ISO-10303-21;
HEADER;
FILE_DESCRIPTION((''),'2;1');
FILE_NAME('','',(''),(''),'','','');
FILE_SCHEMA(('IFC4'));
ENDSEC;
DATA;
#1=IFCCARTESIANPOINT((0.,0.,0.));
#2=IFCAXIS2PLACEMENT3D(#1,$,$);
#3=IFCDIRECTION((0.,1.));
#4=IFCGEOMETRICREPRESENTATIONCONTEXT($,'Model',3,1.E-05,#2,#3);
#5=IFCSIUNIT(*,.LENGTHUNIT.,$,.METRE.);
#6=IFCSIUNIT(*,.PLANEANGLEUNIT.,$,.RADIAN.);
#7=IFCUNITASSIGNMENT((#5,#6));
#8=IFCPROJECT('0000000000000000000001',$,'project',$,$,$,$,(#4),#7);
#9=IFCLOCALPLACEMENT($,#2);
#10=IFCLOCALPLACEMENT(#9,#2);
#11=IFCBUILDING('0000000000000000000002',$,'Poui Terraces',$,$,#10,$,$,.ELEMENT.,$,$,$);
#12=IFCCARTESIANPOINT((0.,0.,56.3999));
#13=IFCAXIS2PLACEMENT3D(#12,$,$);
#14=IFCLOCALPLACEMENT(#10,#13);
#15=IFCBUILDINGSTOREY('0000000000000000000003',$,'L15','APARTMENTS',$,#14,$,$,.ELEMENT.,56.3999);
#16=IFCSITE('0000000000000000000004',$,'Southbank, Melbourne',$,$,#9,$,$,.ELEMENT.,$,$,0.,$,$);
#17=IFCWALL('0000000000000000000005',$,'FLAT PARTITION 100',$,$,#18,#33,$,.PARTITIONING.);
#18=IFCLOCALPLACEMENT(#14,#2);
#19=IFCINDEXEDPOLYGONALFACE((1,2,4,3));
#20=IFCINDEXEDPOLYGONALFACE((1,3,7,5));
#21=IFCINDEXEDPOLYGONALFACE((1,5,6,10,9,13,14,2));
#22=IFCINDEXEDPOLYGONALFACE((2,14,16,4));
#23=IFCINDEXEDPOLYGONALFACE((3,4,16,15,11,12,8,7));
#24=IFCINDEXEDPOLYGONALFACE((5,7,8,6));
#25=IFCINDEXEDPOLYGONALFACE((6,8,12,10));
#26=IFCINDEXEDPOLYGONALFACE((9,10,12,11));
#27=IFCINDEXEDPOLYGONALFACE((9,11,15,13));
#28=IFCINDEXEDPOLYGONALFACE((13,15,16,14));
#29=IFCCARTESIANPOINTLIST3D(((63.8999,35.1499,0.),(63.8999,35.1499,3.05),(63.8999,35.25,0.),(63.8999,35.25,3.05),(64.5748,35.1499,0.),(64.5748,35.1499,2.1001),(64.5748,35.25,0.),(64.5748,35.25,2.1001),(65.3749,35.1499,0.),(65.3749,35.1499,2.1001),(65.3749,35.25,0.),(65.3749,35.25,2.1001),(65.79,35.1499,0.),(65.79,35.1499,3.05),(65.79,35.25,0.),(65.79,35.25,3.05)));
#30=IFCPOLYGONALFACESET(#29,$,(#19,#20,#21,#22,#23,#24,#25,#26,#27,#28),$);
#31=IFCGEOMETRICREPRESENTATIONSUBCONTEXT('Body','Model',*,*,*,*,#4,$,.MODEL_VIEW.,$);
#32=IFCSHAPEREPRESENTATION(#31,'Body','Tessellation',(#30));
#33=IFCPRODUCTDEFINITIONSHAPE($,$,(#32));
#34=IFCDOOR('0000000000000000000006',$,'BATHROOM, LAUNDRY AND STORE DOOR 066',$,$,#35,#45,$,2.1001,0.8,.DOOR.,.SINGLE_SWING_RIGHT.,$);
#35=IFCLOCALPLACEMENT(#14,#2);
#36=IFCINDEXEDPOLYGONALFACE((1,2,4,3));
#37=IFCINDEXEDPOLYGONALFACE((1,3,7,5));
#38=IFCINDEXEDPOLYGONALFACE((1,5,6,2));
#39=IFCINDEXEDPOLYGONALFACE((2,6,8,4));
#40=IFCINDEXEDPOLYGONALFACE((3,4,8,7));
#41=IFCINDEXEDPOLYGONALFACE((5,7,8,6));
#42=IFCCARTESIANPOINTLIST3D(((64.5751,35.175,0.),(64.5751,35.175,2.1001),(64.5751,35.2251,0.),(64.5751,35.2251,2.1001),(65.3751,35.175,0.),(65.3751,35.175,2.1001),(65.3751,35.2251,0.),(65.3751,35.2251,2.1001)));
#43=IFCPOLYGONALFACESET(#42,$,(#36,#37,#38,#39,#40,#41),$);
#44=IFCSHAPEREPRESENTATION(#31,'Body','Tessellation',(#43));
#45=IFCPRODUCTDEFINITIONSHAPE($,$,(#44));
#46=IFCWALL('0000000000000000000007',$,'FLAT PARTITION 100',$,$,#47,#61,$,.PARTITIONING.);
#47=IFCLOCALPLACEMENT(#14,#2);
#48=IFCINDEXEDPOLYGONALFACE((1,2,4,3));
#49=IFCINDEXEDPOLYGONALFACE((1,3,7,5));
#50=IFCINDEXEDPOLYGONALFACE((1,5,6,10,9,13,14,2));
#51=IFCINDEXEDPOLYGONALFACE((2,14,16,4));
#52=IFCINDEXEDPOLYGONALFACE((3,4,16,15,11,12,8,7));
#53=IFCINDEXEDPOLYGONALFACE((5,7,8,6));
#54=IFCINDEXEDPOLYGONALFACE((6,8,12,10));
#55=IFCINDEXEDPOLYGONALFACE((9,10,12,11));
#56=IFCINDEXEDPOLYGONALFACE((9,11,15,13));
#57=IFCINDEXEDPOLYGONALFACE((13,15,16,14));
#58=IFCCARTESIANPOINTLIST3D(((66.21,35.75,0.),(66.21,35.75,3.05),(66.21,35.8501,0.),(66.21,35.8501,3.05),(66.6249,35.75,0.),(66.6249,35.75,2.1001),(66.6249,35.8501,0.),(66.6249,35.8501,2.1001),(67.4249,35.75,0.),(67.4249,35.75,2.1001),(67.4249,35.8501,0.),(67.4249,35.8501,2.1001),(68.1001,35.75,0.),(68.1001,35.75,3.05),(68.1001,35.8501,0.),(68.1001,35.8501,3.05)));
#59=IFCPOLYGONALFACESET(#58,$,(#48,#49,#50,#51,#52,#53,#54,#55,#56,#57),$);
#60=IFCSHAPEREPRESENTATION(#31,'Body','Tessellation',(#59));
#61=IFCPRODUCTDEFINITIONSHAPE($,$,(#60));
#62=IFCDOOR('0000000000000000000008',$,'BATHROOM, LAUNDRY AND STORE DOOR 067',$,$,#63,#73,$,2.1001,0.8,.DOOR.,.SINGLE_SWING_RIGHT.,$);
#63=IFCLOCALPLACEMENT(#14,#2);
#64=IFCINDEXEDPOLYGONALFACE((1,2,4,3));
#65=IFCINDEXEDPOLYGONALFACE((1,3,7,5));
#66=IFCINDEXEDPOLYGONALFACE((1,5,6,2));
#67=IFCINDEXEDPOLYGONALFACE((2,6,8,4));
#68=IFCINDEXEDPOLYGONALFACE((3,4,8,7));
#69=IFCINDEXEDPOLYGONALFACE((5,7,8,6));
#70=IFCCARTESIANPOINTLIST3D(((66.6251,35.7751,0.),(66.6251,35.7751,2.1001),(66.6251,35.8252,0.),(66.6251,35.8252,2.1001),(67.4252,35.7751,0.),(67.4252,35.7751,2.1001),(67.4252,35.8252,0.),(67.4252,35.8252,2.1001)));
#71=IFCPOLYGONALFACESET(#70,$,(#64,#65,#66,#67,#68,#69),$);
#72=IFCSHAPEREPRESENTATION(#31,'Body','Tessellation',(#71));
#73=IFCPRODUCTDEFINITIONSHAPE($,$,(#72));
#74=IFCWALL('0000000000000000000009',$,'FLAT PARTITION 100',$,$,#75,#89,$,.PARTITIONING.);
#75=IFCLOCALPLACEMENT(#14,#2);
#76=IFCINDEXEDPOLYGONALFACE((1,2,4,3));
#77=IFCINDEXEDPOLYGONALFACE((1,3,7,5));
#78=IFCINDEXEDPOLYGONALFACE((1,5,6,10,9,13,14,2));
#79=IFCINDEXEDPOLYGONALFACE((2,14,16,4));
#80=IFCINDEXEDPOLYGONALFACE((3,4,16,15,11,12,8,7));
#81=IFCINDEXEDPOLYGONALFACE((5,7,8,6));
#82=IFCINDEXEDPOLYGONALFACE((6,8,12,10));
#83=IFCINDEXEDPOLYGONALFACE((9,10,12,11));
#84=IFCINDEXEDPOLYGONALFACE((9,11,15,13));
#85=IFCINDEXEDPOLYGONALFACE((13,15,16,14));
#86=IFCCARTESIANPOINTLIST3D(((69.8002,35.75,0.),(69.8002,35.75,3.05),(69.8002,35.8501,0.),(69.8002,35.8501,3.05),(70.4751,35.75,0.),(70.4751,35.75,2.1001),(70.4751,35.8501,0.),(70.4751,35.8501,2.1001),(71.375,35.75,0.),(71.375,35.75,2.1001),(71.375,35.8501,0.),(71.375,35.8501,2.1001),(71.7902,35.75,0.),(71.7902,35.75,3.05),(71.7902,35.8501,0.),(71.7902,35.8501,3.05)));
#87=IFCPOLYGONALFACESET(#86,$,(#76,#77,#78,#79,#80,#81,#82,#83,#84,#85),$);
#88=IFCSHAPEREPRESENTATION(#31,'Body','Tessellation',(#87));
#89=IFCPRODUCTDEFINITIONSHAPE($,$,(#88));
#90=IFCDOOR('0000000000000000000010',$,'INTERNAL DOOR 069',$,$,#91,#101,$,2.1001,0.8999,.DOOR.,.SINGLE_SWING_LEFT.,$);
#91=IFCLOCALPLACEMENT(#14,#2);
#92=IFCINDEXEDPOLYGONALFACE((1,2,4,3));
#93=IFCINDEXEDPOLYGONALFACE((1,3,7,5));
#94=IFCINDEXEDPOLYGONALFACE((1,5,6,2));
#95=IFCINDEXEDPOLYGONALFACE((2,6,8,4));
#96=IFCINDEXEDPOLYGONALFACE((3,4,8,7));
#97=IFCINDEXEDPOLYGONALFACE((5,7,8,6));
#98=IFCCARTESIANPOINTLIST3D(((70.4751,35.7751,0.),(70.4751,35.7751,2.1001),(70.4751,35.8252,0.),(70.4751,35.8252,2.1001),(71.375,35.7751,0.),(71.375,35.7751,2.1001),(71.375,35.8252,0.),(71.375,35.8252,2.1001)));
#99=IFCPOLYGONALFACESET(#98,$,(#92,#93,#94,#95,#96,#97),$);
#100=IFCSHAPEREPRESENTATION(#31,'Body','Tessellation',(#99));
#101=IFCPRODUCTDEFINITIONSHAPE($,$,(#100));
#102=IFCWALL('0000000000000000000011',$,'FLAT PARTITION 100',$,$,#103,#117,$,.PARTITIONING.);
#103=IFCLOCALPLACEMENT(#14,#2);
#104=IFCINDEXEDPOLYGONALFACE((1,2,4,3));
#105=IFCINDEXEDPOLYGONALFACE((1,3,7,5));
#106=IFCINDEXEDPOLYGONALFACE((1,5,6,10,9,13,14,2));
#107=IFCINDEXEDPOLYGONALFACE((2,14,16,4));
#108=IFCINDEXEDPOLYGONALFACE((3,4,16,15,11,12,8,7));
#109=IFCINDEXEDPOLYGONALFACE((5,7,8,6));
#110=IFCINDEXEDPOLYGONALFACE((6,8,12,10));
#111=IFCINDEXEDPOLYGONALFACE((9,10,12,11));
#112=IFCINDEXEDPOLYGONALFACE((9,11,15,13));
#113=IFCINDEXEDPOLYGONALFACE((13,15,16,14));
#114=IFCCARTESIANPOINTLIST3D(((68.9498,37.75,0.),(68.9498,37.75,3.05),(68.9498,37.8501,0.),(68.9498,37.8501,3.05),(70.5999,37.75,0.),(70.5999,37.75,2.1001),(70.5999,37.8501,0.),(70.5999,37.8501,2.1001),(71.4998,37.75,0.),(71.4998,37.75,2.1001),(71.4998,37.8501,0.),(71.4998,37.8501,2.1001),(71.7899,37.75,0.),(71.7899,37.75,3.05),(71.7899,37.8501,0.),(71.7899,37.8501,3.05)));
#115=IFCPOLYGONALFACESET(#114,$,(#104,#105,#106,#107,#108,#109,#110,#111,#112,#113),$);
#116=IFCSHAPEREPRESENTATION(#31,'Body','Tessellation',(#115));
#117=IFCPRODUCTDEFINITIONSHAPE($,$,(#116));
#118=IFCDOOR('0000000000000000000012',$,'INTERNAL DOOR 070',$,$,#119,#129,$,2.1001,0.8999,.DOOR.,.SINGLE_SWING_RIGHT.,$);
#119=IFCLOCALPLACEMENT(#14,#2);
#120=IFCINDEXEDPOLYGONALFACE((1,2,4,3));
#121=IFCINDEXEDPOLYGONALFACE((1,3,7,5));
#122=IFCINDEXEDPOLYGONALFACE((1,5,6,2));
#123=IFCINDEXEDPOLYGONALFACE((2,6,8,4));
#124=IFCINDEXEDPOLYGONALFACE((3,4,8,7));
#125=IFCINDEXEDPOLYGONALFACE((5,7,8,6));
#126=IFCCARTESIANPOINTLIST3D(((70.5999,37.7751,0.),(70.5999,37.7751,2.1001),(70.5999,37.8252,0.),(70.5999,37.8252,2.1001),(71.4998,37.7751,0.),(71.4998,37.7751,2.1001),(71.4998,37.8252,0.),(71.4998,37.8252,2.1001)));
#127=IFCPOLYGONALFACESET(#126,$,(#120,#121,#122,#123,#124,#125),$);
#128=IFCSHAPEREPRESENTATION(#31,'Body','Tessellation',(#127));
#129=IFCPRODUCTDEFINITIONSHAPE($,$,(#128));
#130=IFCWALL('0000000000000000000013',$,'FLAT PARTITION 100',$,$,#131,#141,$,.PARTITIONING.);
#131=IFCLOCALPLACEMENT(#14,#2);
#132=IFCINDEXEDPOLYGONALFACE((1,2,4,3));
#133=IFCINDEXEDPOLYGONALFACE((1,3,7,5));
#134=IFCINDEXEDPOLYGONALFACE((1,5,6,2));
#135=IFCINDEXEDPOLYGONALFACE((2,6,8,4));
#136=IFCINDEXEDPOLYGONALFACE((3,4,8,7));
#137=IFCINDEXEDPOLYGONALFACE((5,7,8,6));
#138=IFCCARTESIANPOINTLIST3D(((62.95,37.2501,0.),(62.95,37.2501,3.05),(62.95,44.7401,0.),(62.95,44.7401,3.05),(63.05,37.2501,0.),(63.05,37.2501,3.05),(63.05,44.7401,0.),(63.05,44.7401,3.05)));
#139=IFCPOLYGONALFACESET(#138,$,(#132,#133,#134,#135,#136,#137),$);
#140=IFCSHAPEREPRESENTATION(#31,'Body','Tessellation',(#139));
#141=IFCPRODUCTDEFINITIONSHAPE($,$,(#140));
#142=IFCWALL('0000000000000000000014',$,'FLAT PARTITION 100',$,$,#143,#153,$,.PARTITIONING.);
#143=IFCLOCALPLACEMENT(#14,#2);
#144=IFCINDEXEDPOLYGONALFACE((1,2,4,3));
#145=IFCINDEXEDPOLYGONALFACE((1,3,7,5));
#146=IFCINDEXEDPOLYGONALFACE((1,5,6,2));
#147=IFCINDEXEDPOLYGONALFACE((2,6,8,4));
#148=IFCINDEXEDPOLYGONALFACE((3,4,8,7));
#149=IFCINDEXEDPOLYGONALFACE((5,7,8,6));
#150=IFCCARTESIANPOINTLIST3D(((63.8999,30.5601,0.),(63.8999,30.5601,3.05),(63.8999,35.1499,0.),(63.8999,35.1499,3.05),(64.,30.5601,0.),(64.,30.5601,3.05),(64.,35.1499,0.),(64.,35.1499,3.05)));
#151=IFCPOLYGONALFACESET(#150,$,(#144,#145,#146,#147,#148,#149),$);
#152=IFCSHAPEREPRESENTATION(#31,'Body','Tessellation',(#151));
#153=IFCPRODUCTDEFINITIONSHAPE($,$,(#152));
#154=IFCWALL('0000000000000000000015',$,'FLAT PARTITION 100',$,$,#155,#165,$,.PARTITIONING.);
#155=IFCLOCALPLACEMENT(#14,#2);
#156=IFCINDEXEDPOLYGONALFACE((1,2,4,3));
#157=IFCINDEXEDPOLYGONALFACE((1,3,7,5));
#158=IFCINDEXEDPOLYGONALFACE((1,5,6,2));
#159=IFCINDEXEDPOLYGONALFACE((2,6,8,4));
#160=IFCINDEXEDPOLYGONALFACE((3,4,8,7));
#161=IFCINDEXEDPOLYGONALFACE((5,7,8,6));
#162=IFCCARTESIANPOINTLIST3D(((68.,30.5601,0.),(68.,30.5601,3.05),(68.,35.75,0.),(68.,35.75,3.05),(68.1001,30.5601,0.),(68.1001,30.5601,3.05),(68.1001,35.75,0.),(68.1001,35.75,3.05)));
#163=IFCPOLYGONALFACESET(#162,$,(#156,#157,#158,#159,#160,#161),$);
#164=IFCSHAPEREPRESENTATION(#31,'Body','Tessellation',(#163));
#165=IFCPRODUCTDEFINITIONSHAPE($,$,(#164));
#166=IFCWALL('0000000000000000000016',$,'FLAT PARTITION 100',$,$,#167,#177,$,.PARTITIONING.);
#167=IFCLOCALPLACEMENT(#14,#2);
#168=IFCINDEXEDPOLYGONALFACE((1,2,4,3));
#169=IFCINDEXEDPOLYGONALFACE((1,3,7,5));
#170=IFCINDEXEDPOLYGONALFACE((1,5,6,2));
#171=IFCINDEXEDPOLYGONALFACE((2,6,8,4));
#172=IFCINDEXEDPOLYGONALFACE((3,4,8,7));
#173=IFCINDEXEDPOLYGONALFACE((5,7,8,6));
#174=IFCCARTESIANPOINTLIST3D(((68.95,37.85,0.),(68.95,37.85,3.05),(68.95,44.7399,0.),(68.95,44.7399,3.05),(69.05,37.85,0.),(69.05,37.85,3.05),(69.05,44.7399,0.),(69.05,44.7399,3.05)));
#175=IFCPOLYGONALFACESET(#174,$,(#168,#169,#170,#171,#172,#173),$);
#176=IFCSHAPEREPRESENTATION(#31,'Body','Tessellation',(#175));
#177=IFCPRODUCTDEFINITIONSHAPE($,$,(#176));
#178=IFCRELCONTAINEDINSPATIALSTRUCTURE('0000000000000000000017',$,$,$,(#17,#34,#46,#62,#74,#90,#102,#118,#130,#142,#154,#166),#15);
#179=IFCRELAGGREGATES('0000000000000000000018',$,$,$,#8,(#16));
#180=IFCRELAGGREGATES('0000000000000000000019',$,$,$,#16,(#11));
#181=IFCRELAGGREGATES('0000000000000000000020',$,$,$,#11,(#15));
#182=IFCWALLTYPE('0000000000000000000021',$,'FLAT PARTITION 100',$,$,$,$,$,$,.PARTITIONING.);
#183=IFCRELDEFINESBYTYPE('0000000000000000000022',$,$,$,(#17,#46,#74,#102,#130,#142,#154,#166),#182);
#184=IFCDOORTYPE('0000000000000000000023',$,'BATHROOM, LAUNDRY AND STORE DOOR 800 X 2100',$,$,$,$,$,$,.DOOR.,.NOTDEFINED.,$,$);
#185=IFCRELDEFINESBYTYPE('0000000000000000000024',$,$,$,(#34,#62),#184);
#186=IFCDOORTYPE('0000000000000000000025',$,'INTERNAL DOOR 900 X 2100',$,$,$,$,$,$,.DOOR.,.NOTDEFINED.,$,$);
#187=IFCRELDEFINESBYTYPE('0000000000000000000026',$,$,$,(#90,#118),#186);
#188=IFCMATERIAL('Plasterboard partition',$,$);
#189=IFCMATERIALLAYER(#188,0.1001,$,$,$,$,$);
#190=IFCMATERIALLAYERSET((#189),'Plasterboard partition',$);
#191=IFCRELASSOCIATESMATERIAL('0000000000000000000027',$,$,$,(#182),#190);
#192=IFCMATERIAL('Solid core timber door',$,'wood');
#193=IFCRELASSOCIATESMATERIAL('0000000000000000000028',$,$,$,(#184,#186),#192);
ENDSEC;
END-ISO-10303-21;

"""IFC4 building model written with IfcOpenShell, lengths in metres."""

from ifc_helpers import new_model, si_unit, direction, frame, frame_2d, origin, place, context, subcontext, project, spatial, rectangle, extrude, material, layer, layer_set, type_object, element, fill, save


model = new_model("IFC4")

# Units and contexts
model_context = context("Model", 3, precision=1e-05, world=origin(), true_north=direction((0.0, 1.0)))
body_context = subcontext(model_context, "Body", "Model", "MODEL_VIEW")
ifc_project = project(units=[si_unit("LENGTHUNIT", "METRE"), si_unit("PLANEANGLEUNIT", "RADIAN")], contexts=[model_context])

# Site, building, storey
site_placement = place(None, origin())
site = spatial("IfcSite", under=ifc_project, at=site_placement, Name="Southbank, Melbourne", CompositionType="ELEMENT", RefElevation=0.0)
building_placement = place(site_placement, origin())
building = spatial("IfcBuilding", under=site, at=building_placement, Name="Poui Terraces", CompositionType="ELEMENT")
storey_placement = place(building_placement, frame((0.0, 0.0, 56.3999)))
storey = spatial("IfcBuildingStorey", under=building, at=storey_placement, Name="L15", Description="APARTMENTS", CompositionType="ELEMENT", Elevation=56.3999)

# Walls, openings, doors
ifc_material_1 = material(Name="Plasterboard partition")
ifc_layer_1 = layer(ifc_material_1, 0.1001)
ifc_layer_set_1 = layer_set([ifc_layer_1], Name="Plasterboard partition")
wall_type_1 = type_object("IfcWallType", Name="FLAT PARTITION 100", PredefinedType="PARTITIONING", material=ifc_layer_set_1)
wall_1_placement = place(storey_placement, frame((63.8999, 35.2, 0.0), z_axis=(0.0, 0.0, 1.0), x_axis=(1.0, 0.0, 0.0)))
wall_1 = element("IfcWall", 1, at=wall_1_placement, inside=storey, type_object=wall_type_1, Name="FLAT PARTITION 100", PredefinedType="PARTITIONING", context=body_context, shape_type="SweptSolid", body=[
    extrude(rectangle(XDim=1.8901, YDim=0.1001, at=frame_2d((0.9451, 0.0))), origin(), (0.0, 0.0, 1.0), 3.05),
])
opening_1_placement = place(wall_1_placement, frame((0.675, 0.0, 0.0)))
opening_1 = element("IfcOpeningElement", 2, at=opening_1_placement, cuts=wall_1, PredefinedType="OPENING", context=body_context, shape_type="SweptSolid", body=[
    extrude(rectangle(XDim=0.8, YDim=2.1001, at=frame_2d((0.3999, 1.05))), frame((0.0, 0.0601, 0.0), z_axis=(0.0, -1.0, 0.0), x_axis=(1.0, 0.0, 0.0)), (0.0, 0.0, 1.0), 0.1201),
])
ifc_material_2 = material(Name="Solid core timber door", Category="wood")
door_type_1 = type_object("IfcDoorType", Name="BATHROOM, LAUNDRY AND STORE DOOR 800 X 2100", OperationType="NOTDEFINED", PredefinedType="DOOR", material=ifc_material_2)
door_1_placement = place(opening_1_placement, frame((0.8, 0.0, 0.0), z_axis=(0.0, 0.0, 1.0), x_axis=(-1.0, 0.0, 0.0)))
door_1 = element("IfcDoor", 3, at=door_1_placement, inside=storey, type_object=door_type_1, Name="BATHROOM, LAUNDRY AND STORE DOOR 066", OperationType="SINGLE_SWING_RIGHT", OverallHeight=2.1001, OverallWidth=0.8, PredefinedType="DOOR", context=body_context, shape_type="SweptSolid", body=[
    extrude(rectangle(XDim=0.8, YDim=2.1001, at=frame_2d((0.3999, 1.05))), frame((0.0, 0.0249, 0.0), z_axis=(0.0, -1.0, 0.0), x_axis=(1.0, 0.0, 0.0)), (0.0, 0.0, 1.0), 0.05),
])
fill(opening_1, door_1)
wall_2_placement = place(storey_placement, frame((66.21, 35.8, 0.0), z_axis=(0.0, 0.0, 1.0), x_axis=(1.0, 0.0, 0.0)))
wall_2 = element("IfcWall", 4, at=wall_2_placement, inside=storey, type_object=wall_type_1, Name="FLAT PARTITION 100", PredefinedType="PARTITIONING", context=body_context, shape_type="SweptSolid", body=[
    extrude(rectangle(XDim=1.8901, YDim=0.1001, at=frame_2d((0.9451, 0.0))), origin(), (0.0, 0.0, 1.0), 3.05),
])
opening_2_placement = place(wall_2_placement, frame((0.415, 0.0, 0.0)))
opening_2 = element("IfcOpeningElement", 5, at=opening_2_placement, cuts=wall_2, PredefinedType="OPENING", context=body_context, shape_type="SweptSolid", body=[
    extrude(rectangle(XDim=0.8, YDim=2.1001, at=frame_2d((0.3999, 1.05))), frame((0.0, 0.0601, 0.0), z_axis=(0.0, -1.0, 0.0), x_axis=(1.0, 0.0, 0.0)), (0.0, 0.0, 1.0), 0.1201),
])
door_2_placement = place(opening_2_placement, frame((0.8, 0.0, 0.0), z_axis=(0.0, 0.0, 1.0), x_axis=(-1.0, 0.0, 0.0)))
door_2 = element("IfcDoor", 6, at=door_2_placement, inside=storey, type_object=door_type_1, Name="BATHROOM, LAUNDRY AND STORE DOOR 067", OperationType="SINGLE_SWING_RIGHT", OverallHeight=2.1001, OverallWidth=0.8, PredefinedType="DOOR", context=body_context, shape_type="SweptSolid", body=[
    extrude(rectangle(XDim=0.8, YDim=2.1001, at=frame_2d((0.3999, 1.05))), frame((0.0, 0.0249, 0.0), z_axis=(0.0, -1.0, 0.0), x_axis=(1.0, 0.0, 0.0)), (0.0, 0.0, 1.0), 0.05),
])
fill(opening_2, door_2)
wall_3_placement = place(storey_placement, frame((69.8, 35.8, 0.0), z_axis=(0.0, 0.0, 1.0), x_axis=(1.0, 0.0, 0.0)))
wall_3 = element("IfcWall", 7, at=wall_3_placement, inside=storey, type_object=wall_type_1, Name="FLAT PARTITION 100", PredefinedType="PARTITIONING", context=body_context, shape_type="SweptSolid", body=[
    extrude(rectangle(XDim=1.99, YDim=0.1001, at=frame_2d((0.9951, 0.0))), origin(), (0.0, 0.0, 1.0), 3.05),
])
opening_3_placement = place(wall_3_placement, frame((0.675, 0.0, 0.0)))
opening_3 = element("IfcOpeningElement", 8, at=opening_3_placement, cuts=wall_3, PredefinedType="OPENING", context=body_context, shape_type="SweptSolid", body=[
    extrude(rectangle(XDim=0.8999, YDim=2.1001, at=frame_2d((0.45, 1.05))), frame((0.0, 0.0601, 0.0), z_axis=(0.0, -1.0, 0.0), x_axis=(1.0, 0.0, 0.0)), (0.0, 0.0, 1.0), 0.1201),
])
door_type_2 = type_object("IfcDoorType", Name="INTERNAL DOOR 900 X 2100", OperationType="NOTDEFINED", PredefinedType="DOOR", material=ifc_material_2)
door_3_placement = place(opening_3_placement, frame((0.8999, 0.0, 0.0), z_axis=(0.0, 0.0, 1.0), x_axis=(-1.0, 0.0, 0.0)))
door_3 = element("IfcDoor", 9, at=door_3_placement, inside=storey, type_object=door_type_2, Name="INTERNAL DOOR 069", OperationType="SINGLE_SWING_LEFT", OverallHeight=2.1001, OverallWidth=0.8999, PredefinedType="DOOR", context=body_context, shape_type="SweptSolid", body=[
    extrude(rectangle(XDim=0.8999, YDim=2.1001, at=frame_2d((0.45, 1.05))), frame((0.0, 0.0249, 0.0), z_axis=(0.0, -1.0, 0.0), x_axis=(1.0, 0.0, 0.0)), (0.0, 0.0, 1.0), 0.05),
])
fill(opening_3, door_3)
wall_4_placement = place(storey_placement, frame((68.95, 37.8, 0.0), z_axis=(0.0, 0.0, 1.0), x_axis=(1.0, 0.0, 0.0)))
wall_4 = element("IfcWall", 10, at=wall_4_placement, inside=storey, type_object=wall_type_1, Name="FLAT PARTITION 100", PredefinedType="PARTITIONING", context=body_context, shape_type="SweptSolid", body=[
    extrude(rectangle(XDim=2.8401, YDim=0.1001, at=frame_2d((1.4199, 0.0))), origin(), (0.0, 0.0, 1.0), 3.05),
])
opening_4_placement = place(wall_4_placement, frame((1.6499, 0.0, 0.0)))
opening_4 = element("IfcOpeningElement", 11, at=opening_4_placement, cuts=wall_4, PredefinedType="OPENING", context=body_context, shape_type="SweptSolid", body=[
    extrude(rectangle(XDim=0.8999, YDim=2.1001, at=frame_2d((0.45, 1.05))), frame((0.0, 0.0601, 0.0), z_axis=(0.0, -1.0, 0.0), x_axis=(1.0, 0.0, 0.0)), (0.0, 0.0, 1.0), 0.1201),
])
door_4_placement = place(opening_4_placement, frame((0.8999, 0.0, 0.0), z_axis=(0.0, 0.0, 1.0), x_axis=(-1.0, 0.0, 0.0)))
door_4 = element("IfcDoor", 12, at=door_4_placement, inside=storey, type_object=door_type_2, Name="INTERNAL DOOR 070", OperationType="SINGLE_SWING_RIGHT", OverallHeight=2.1001, OverallWidth=0.8999, PredefinedType="DOOR", context=body_context, shape_type="SweptSolid", body=[
    extrude(rectangle(XDim=0.8999, YDim=2.1001, at=frame_2d((0.45, 1.05))), frame((0.0, 0.0249, 0.0), z_axis=(0.0, -1.0, 0.0), x_axis=(1.0, 0.0, 0.0)), (0.0, 0.0, 1.0), 0.05),
])
fill(opening_4, door_4)

# Walls
wall_5_placement = place(storey_placement, frame((63.0, 37.25, 0.0), z_axis=(0.0, 0.0, 1.0), x_axis=(0.0, 1.0, 0.0)))
element("IfcWall", 13, at=wall_5_placement, inside=storey, type_object=wall_type_1, Name="FLAT PARTITION 100", PredefinedType="PARTITIONING", context=body_context, shape_type="SweptSolid", body=[
    extrude(rectangle(XDim=7.49, YDim=0.1001, at=frame_2d((3.7451, 0.0))), origin(), (0.0, 0.0, 1.0), 3.05),
])
wall_6_placement = place(storey_placement, frame((63.95, 30.5601, 0.0), z_axis=(0.0, 0.0, 1.0), x_axis=(0.0, 1.0, 0.0)))
element("IfcWall", 14, at=wall_6_placement, inside=storey, type_object=wall_type_1, Name="FLAT PARTITION 100", PredefinedType="PARTITIONING", context=body_context, shape_type="SweptSolid", body=[
    extrude(rectangle(XDim=4.5898, YDim=0.1001, at=frame_2d((2.2949, 0.0))), origin(), (0.0, 0.0, 1.0), 3.05),
])
wall_7_placement = place(storey_placement, frame((68.05, 30.5601, 0.0), z_axis=(0.0, 0.0, 1.0), x_axis=(0.0, 1.0, 0.0)))
element("IfcWall", 15, at=wall_7_placement, inside=storey, type_object=wall_type_1, Name="FLAT PARTITION 100", PredefinedType="PARTITIONING", context=body_context, shape_type="SweptSolid", body=[
    extrude(rectangle(XDim=5.1899, YDim=0.1001, at=frame_2d((2.595, 0.0))), origin(), (0.0, 0.0, 1.0), 3.05),
])
wall_8_placement = place(storey_placement, frame((69.0, 37.8501, 0.0), z_axis=(0.0, 0.0, 1.0), x_axis=(0.0, 1.0, 0.0)))
element("IfcWall", 16, at=wall_8_placement, inside=storey, type_object=wall_type_1, Name="FLAT PARTITION 100", PredefinedType="PARTITIONING", context=body_context, shape_type="SweptSolid", body=[
    extrude(rectangle(XDim=6.8899, YDim=0.1001, at=frame_2d((3.4448, 0.0))), origin(), (0.0, 0.0, 1.0), 3.05),
])

save(model, "model.ifc")
